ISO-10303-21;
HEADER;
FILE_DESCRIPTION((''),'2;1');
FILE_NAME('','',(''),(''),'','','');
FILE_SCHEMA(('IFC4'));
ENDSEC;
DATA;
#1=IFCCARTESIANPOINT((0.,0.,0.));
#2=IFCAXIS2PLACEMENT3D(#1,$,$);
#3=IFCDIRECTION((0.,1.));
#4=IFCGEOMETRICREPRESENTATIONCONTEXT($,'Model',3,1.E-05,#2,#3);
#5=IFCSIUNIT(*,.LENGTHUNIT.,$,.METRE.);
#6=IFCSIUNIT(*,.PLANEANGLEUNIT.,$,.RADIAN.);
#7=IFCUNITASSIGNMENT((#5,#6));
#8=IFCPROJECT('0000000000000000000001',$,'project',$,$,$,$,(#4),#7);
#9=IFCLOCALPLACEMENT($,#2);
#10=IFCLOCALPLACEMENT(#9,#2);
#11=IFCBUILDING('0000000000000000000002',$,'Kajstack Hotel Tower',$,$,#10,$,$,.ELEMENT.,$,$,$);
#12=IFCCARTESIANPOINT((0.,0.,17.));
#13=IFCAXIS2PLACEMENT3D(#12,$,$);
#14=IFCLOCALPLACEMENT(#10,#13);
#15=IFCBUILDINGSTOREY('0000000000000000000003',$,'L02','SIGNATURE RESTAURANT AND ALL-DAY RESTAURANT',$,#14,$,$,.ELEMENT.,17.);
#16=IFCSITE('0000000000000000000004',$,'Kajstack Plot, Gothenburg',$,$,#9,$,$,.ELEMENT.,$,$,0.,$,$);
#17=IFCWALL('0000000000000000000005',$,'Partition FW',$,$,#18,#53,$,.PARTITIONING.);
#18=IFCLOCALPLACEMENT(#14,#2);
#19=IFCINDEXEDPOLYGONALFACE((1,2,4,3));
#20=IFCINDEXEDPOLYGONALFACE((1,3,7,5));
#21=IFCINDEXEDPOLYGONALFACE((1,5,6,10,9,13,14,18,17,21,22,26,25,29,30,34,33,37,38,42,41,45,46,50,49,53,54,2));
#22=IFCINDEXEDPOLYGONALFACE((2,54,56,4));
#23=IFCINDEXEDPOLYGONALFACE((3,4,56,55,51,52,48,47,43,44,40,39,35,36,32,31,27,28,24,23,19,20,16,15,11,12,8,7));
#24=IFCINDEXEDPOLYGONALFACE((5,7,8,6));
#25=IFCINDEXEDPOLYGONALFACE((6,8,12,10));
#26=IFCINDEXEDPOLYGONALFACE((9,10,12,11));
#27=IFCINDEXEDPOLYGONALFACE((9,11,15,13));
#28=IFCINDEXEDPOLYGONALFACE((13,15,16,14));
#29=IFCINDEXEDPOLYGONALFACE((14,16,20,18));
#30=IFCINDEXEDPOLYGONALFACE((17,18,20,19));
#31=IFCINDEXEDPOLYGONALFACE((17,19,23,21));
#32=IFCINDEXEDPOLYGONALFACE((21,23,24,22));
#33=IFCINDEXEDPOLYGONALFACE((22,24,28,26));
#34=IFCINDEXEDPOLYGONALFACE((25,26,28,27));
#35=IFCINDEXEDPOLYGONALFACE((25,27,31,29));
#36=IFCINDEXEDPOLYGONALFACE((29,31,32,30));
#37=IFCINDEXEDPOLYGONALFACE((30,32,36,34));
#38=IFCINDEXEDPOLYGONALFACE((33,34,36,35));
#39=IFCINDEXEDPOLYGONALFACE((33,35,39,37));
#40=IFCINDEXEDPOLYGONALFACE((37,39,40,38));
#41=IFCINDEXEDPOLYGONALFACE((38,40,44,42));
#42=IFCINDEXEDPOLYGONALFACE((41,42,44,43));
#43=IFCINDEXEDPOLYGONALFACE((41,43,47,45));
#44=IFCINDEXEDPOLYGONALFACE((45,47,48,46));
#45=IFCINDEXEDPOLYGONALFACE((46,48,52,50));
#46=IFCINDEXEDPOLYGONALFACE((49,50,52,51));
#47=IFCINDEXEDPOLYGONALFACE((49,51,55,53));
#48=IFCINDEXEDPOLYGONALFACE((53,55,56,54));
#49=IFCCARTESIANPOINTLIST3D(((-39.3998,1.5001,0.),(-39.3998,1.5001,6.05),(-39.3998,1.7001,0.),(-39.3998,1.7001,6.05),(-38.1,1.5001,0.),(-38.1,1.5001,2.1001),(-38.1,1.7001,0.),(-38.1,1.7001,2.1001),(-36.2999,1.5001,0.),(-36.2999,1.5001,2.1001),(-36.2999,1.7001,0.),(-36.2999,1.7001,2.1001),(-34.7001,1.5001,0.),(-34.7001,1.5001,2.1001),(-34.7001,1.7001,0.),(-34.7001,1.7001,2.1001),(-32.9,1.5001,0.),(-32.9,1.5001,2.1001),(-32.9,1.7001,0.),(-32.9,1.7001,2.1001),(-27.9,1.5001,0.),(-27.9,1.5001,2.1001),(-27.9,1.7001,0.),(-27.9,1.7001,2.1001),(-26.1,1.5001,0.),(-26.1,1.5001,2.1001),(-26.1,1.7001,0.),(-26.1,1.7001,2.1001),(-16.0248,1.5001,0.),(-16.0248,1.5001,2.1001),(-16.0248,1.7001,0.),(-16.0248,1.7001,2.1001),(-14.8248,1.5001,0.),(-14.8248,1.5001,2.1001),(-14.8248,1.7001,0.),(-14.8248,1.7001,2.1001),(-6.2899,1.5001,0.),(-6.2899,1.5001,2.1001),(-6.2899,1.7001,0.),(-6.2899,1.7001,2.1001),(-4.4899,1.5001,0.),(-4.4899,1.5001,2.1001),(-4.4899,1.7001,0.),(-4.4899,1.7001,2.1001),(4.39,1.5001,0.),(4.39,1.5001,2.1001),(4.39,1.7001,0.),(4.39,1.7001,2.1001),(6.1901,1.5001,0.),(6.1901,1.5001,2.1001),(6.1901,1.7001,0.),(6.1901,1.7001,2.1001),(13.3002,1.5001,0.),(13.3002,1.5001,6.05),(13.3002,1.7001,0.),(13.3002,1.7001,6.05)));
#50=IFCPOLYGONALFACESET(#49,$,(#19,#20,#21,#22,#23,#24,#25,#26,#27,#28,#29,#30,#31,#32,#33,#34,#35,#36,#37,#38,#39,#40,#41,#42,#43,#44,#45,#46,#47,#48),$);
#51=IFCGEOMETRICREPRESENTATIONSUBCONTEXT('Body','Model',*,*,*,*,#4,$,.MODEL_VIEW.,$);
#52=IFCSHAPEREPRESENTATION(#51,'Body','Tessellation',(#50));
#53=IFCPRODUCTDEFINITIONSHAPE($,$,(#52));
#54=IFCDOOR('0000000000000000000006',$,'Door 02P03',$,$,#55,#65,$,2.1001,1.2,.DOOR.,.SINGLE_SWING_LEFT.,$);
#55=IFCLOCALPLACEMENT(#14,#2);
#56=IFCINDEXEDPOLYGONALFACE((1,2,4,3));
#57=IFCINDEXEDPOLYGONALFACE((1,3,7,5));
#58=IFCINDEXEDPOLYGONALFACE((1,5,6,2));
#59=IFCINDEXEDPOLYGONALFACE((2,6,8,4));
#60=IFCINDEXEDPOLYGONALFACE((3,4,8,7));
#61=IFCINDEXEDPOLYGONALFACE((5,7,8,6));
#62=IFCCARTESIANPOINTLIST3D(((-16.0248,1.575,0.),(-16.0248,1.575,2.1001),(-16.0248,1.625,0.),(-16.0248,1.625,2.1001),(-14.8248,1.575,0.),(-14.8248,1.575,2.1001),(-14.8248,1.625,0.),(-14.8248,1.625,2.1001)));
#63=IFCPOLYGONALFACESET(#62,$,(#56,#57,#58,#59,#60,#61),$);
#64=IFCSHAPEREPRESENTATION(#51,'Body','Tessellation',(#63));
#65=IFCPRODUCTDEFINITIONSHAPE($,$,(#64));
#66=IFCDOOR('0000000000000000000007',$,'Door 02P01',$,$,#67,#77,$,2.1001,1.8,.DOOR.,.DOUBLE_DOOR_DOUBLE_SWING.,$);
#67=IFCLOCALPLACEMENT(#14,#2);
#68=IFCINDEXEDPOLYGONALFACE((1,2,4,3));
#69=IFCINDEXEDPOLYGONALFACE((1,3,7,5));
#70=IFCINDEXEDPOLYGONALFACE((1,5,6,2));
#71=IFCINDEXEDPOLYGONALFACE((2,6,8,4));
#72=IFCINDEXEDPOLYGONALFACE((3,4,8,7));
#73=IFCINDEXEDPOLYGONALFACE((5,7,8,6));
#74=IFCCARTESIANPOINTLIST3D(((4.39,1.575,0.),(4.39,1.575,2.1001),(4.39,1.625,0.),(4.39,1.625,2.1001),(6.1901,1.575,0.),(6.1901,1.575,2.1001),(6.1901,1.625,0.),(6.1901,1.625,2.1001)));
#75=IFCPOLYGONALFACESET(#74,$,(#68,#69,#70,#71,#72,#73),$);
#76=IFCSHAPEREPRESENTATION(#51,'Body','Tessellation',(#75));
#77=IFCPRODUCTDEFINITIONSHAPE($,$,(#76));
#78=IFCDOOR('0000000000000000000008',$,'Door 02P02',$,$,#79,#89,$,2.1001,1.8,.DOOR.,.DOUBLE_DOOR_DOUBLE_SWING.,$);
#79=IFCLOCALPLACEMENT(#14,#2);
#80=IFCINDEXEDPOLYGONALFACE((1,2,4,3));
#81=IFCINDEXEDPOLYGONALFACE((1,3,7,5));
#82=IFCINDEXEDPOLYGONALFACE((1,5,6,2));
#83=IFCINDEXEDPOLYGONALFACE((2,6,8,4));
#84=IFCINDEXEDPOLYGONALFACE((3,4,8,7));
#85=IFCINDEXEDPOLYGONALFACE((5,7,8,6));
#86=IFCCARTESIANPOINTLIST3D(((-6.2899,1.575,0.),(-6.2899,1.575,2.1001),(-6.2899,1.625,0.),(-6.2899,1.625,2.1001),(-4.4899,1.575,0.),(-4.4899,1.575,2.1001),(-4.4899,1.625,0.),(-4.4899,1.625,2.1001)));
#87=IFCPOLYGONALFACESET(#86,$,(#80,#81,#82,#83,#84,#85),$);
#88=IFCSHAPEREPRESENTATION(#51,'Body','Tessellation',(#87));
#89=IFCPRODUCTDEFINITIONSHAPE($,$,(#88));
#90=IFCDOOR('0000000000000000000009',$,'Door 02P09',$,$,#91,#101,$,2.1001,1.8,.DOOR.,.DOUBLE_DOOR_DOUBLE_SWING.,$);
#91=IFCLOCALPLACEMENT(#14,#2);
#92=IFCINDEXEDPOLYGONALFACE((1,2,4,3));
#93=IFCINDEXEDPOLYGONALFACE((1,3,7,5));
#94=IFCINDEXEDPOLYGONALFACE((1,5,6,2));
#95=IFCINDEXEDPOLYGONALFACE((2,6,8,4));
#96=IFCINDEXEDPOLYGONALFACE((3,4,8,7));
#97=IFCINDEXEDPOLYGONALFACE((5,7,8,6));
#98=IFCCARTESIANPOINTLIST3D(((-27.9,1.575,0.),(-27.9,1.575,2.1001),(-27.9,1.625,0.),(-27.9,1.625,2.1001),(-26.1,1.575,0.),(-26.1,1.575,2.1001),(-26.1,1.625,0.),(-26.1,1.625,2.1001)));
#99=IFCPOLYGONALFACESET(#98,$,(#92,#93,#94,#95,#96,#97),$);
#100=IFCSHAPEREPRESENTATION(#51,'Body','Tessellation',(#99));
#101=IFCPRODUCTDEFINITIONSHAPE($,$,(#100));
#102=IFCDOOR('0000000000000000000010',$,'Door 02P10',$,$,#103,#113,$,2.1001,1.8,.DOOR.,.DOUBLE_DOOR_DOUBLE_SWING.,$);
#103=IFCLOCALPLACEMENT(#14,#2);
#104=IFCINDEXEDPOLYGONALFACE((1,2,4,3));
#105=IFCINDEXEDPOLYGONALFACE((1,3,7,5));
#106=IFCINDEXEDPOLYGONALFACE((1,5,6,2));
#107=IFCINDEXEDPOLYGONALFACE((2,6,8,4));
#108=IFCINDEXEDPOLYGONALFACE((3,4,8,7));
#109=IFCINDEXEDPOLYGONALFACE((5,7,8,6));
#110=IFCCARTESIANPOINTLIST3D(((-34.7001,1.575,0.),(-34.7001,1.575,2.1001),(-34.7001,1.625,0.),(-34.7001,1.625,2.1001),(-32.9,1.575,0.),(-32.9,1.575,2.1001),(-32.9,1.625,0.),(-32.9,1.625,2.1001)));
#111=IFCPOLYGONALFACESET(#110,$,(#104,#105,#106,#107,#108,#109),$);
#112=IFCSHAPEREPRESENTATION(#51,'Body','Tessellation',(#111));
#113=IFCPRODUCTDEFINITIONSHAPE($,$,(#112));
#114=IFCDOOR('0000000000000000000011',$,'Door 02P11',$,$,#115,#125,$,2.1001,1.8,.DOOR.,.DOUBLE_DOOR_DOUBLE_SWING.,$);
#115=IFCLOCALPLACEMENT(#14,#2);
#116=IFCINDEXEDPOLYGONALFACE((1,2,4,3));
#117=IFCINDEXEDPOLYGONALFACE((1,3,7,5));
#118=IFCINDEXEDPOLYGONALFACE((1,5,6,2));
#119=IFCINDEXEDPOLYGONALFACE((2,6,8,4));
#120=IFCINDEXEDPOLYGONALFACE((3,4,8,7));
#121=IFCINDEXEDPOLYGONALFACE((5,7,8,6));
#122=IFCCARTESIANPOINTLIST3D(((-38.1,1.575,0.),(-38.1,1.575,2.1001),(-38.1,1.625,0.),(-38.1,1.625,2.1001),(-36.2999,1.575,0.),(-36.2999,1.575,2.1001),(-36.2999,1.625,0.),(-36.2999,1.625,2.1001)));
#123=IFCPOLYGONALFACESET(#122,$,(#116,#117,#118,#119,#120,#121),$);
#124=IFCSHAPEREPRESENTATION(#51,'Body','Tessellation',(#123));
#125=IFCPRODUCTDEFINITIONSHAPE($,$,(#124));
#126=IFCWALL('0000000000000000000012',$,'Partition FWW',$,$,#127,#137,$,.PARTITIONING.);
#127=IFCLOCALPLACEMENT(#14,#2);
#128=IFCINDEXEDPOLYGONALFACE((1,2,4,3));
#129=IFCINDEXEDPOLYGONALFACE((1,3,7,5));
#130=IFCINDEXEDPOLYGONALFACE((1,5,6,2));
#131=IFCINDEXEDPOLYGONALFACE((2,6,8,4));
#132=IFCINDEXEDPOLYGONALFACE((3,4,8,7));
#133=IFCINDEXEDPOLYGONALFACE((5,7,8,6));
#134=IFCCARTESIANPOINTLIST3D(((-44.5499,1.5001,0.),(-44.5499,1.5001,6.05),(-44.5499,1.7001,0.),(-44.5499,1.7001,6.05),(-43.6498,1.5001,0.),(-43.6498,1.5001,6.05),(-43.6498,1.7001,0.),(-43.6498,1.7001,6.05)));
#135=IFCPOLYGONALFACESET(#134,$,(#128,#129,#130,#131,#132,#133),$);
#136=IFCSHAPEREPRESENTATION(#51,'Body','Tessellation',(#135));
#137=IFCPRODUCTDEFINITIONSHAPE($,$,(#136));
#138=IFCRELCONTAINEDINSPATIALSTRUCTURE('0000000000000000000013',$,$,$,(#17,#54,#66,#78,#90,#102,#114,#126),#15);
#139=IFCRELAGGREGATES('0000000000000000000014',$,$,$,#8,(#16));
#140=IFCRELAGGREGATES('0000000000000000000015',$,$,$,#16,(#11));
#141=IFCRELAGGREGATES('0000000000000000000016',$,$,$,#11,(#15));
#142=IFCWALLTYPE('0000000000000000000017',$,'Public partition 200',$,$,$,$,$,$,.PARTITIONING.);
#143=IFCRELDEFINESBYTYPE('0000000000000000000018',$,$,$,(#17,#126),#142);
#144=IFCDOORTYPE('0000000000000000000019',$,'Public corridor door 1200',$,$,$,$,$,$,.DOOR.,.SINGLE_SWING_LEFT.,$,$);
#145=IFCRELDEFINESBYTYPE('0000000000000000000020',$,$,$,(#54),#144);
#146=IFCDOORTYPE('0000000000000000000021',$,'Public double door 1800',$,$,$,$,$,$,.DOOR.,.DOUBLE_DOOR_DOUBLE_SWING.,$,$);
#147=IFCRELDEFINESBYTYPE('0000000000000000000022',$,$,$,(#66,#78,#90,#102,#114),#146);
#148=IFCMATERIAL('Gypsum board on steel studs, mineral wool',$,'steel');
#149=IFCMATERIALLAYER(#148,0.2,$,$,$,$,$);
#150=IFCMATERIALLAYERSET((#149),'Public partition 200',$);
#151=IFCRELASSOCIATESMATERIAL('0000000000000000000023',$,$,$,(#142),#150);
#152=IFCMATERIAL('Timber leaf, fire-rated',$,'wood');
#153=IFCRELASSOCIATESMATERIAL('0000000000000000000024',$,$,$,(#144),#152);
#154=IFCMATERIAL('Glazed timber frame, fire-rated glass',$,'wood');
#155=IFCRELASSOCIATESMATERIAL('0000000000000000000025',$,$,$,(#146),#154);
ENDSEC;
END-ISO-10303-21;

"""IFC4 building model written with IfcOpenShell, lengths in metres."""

from ifc_helpers import new_model, si_unit, direction, frame, frame_2d, origin, place, context, subcontext, project, spatial, rectangle, extrude, material, layer, layer_set, type_object, element, fill, save


model = new_model("IFC4")

# Units and contexts
model_context = context("Model", 3, precision=1e-05, world=origin(), true_north=direction((0.0, 1.0)))
body_context = subcontext(model_context, "Body", "Model", "MODEL_VIEW")
ifc_project = project(units=[si_unit("LENGTHUNIT", "METRE"), si_unit("PLANEANGLEUNIT", "RADIAN")], contexts=[model_context])

# Site, building, storey
site_placement = place(None, origin())
site = spatial("IfcSite", under=ifc_project, at=site_placement, Name="Kajstack Plot, Gothenburg", CompositionType="ELEMENT", RefElevation=0.0)
building_placement = place(site_placement, origin())
building = spatial("IfcBuilding", under=site, at=building_placement, Name="Kajstack Hotel Tower", CompositionType="ELEMENT")
storey_placement = place(building_placement, frame((0.0, 0.0, 17.0)))
storey = spatial("IfcBuildingStorey", under=building, at=storey_placement, Name="L02", Description="SIGNATURE RESTAURANT AND ALL-DAY RESTAURANT", CompositionType="ELEMENT", Elevation=17.0)

# Shared definitions
ifc_material_1 = material(Name="Gypsum board on steel studs, mineral wool", Category="steel")
ifc_layer_1 = layer(ifc_material_1, 0.2)
ifc_layer_set_1 = layer_set([ifc_layer_1], Name="Public partition 200")
wall_type_1 = type_object("IfcWallType", Name="Public partition 200", PredefinedType="PARTITIONING", material=ifc_layer_set_1)

# Wall, openings, doors
wall_1_placement = place(storey_placement, frame((-39.3999, 1.6001, 0.0), z_axis=(0.0, 0.0, 1.0), x_axis=(1.0, 0.0, 0.0)))
wall_1 = element("IfcWall", 1, at=wall_1_placement, inside=storey, type_object=wall_type_1, Name="Partition FW", PredefinedType="PARTITIONING", context=body_context, shape_type="SweptSolid", body=[
    extrude(rectangle(XDim=52.7, YDim=0.2, at=frame_2d((26.3501, 0.0))), origin(), (0.0, 0.0, 1.0), 6.05),
])
opening_1_placement = place(wall_1_placement, frame((43.79, 0.0, 0.0)))
opening_1 = element("IfcOpeningElement", 2, at=opening_1_placement, cuts=wall_1, PredefinedType="OPENING", context=body_context, shape_type="SweptSolid", body=[
    extrude(rectangle(XDim=1.8, YDim=2.1001, at=frame_2d((0.8999, 1.05))), frame((0.0, 0.1099, 0.0), z_axis=(0.0, -1.0, 0.0), x_axis=(1.0, 0.0, 0.0)), (0.0, 0.0, 1.0), 0.22),
])
opening_2_placement = place(wall_1_placement, frame((33.1101, 0.0, 0.0)))
opening_2 = element("IfcOpeningElement", 3, at=opening_2_placement, cuts=wall_1, PredefinedType="OPENING", context=body_context, shape_type="SweptSolid", body=[
    extrude(rectangle(XDim=1.8, YDim=2.1001, at=frame_2d((0.8999, 1.05))), frame((0.0, 0.1099, 0.0), z_axis=(0.0, -1.0, 0.0), x_axis=(1.0, 0.0, 0.0)), (0.0, 0.0, 1.0), 0.22),
])
opening_3_placement = place(wall_1_placement, frame((23.375, 0.0, 0.0)))
opening_3 = element("IfcOpeningElement", 4, at=opening_3_placement, cuts=wall_1, PredefinedType="OPENING", context=body_context, shape_type="SweptSolid", body=[
    extrude(rectangle(XDim=1.2, YDim=2.1001, at=frame_2d((0.6001, 1.05))), frame((0.0, 0.1099, 0.0), z_axis=(0.0, -1.0, 0.0), x_axis=(1.0, 0.0, 0.0)), (0.0, 0.0, 1.0), 0.22),
])
opening_4_placement = place(wall_1_placement, frame((11.5, 0.0, 0.0)))
opening_4 = element("IfcOpeningElement", 5, at=opening_4_placement, cuts=wall_1, PredefinedType="OPENING", context=body_context, shape_type="SweptSolid", body=[
    extrude(rectangle(XDim=1.8, YDim=2.1001, at=frame_2d((0.8999, 1.05))), frame((0.0, 0.1099, 0.0), z_axis=(0.0, -1.0, 0.0), x_axis=(1.0, 0.0, 0.0)), (0.0, 0.0, 1.0), 0.22),
])
opening_5_placement = place(wall_1_placement, frame((4.7, 0.0, 0.0)))
opening_5 = element("IfcOpeningElement", 6, at=opening_5_placement, cuts=wall_1, PredefinedType="OPENING", context=body_context, shape_type="SweptSolid", body=[
    extrude(rectangle(XDim=1.8, YDim=2.1001, at=frame_2d((0.8999, 1.05))), frame((0.0, 0.1099, 0.0), z_axis=(0.0, -1.0, 0.0), x_axis=(1.0, 0.0, 0.0)), (0.0, 0.0, 1.0), 0.22),
])
opening_6_placement = place(wall_1_placement, frame((1.3, 0.0, 0.0)))
opening_6 = element("IfcOpeningElement", 7, at=opening_6_placement, cuts=wall_1, PredefinedType="OPENING", context=body_context, shape_type="SweptSolid", body=[
    extrude(rectangle(XDim=1.8, YDim=2.1001, at=frame_2d((0.8999, 1.05))), frame((0.0, 0.1099, 0.0), z_axis=(0.0, -1.0, 0.0), x_axis=(1.0, 0.0, 0.0)), (0.0, 0.0, 1.0), 0.22),
])
ifc_material_2 = material(Name="Timber leaf, fire-rated", Category="wood")
door_type_1 = type_object("IfcDoorType", Name="Public corridor door 1200", OperationType="SINGLE_SWING_LEFT", PredefinedType="DOOR", material=ifc_material_2)
door_1_placement = place(opening_3_placement, origin())
door_1 = element("IfcDoor", 8, at=door_1_placement, inside=storey, type_object=door_type_1, Name="Door 02P03", OperationType="SINGLE_SWING_LEFT", OverallHeight=2.1001, OverallWidth=1.2, PredefinedType="DOOR", context=body_context, shape_type="SweptSolid", body=[
    extrude(rectangle(XDim=1.2, YDim=2.1001, at=frame_2d((0.6001, 1.05))), frame((0.0, 0.0249, 0.0), z_axis=(0.0, -1.0, 0.0), x_axis=(1.0, 0.0, 0.0)), (0.0, 0.0, 1.0), 0.05),
])
fill(opening_3, door_1)
ifc_material_3 = material(Name="Glazed timber frame, fire-rated glass", Category="wood")
door_type_2 = type_object("IfcDoorType", Name="Public double door 1800", OperationType="DOUBLE_DOOR_DOUBLE_SWING", PredefinedType="DOOR", material=ifc_material_3)
door_2_placement = place(opening_1_placement, origin())
door_2 = element("IfcDoor", 9, at=door_2_placement, inside=storey, type_object=door_type_2, Name="Door 02P01", OperationType="DOUBLE_DOOR_DOUBLE_SWING", OverallHeight=2.1001, OverallWidth=1.8, PredefinedType="DOOR", context=body_context, shape_type="SweptSolid", body=[
    extrude(rectangle(XDim=1.8, YDim=2.1001, at=frame_2d((0.8999, 1.05))), frame((0.0, 0.0249, 0.0), z_axis=(0.0, -1.0, 0.0), x_axis=(1.0, 0.0, 0.0)), (0.0, 0.0, 1.0), 0.05),
])
fill(opening_1, door_2)
door_3_placement = place(opening_2_placement, origin())
door_3 = element("IfcDoor", 10, at=door_3_placement, inside=storey, type_object=door_type_2, Name="Door 02P02", OperationType="DOUBLE_DOOR_DOUBLE_SWING", OverallHeight=2.1001, OverallWidth=1.8, PredefinedType="DOOR", context=body_context, shape_type="SweptSolid", body=[
    extrude(rectangle(XDim=1.8, YDim=2.1001, at=frame_2d((0.8999, 1.05))), frame((0.0, 0.0249, 0.0), z_axis=(0.0, -1.0, 0.0), x_axis=(1.0, 0.0, 0.0)), (0.0, 0.0, 1.0), 0.05),
])
fill(opening_2, door_3)
door_4_placement = place(opening_4_placement, origin())
door_4 = element("IfcDoor", 11, at=door_4_placement, inside=storey, type_object=door_type_2, Name="Door 02P09", OperationType="DOUBLE_DOOR_DOUBLE_SWING", OverallHeight=2.1001, OverallWidth=1.8, PredefinedType="DOOR", context=body_context, shape_type="SweptSolid", body=[
    extrude(rectangle(XDim=1.8, YDim=2.1001, at=frame_2d((0.8999, 1.05))), frame((0.0, 0.0249, 0.0), z_axis=(0.0, -1.0, 0.0), x_axis=(1.0, 0.0, 0.0)), (0.0, 0.0, 1.0), 0.05),
])
fill(opening_4, door_4)
door_5_placement = place(opening_5_placement, origin())
door_5 = element("IfcDoor", 12, at=door_5_placement, inside=storey, type_object=door_type_2, Name="Door 02P10", OperationType="DOUBLE_DOOR_DOUBLE_SWING", OverallHeight=2.1001, OverallWidth=1.8, PredefinedType="DOOR", context=body_context, shape_type="SweptSolid", body=[
    extrude(rectangle(XDim=1.8, YDim=2.1001, at=frame_2d((0.8999, 1.05))), frame((0.0, 0.0249, 0.0), z_axis=(0.0, -1.0, 0.0), x_axis=(1.0, 0.0, 0.0)), (0.0, 0.0, 1.0), 0.05),
])
fill(opening_5, door_5)
door_6_placement = place(opening_6_placement, origin())
door_6 = element("IfcDoor", 13, at=door_6_placement, inside=storey, type_object=door_type_2, Name="Door 02P11", OperationType="DOUBLE_DOOR_DOUBLE_SWING", OverallHeight=2.1001, OverallWidth=1.8, PredefinedType="DOOR", context=body_context, shape_type="SweptSolid", body=[
    extrude(rectangle(XDim=1.8, YDim=2.1001, at=frame_2d((0.8999, 1.05))), frame((0.0, 0.0249, 0.0), z_axis=(0.0, -1.0, 0.0), x_axis=(1.0, 0.0, 0.0)), (0.0, 0.0, 1.0), 0.05),
])
fill(opening_6, door_6)

# Wall
wall_2_placement = place(storey_placement, frame((-44.55, 1.6001, 0.0), z_axis=(0.0, 0.0, 1.0), x_axis=(1.0, 0.0, 0.0)))
element("IfcWall", 14, at=wall_2_placement, inside=storey, type_object=wall_type_1, Name="Partition FWW", PredefinedType="PARTITIONING", context=body_context, shape_type="SweptSolid", body=[
    extrude(rectangle(XDim=0.9001, YDim=0.2, at=frame_2d((0.4502, 0.0))), origin(), (0.0, 0.0, 1.0), 6.05),
])

save(model, "model.ifc")
